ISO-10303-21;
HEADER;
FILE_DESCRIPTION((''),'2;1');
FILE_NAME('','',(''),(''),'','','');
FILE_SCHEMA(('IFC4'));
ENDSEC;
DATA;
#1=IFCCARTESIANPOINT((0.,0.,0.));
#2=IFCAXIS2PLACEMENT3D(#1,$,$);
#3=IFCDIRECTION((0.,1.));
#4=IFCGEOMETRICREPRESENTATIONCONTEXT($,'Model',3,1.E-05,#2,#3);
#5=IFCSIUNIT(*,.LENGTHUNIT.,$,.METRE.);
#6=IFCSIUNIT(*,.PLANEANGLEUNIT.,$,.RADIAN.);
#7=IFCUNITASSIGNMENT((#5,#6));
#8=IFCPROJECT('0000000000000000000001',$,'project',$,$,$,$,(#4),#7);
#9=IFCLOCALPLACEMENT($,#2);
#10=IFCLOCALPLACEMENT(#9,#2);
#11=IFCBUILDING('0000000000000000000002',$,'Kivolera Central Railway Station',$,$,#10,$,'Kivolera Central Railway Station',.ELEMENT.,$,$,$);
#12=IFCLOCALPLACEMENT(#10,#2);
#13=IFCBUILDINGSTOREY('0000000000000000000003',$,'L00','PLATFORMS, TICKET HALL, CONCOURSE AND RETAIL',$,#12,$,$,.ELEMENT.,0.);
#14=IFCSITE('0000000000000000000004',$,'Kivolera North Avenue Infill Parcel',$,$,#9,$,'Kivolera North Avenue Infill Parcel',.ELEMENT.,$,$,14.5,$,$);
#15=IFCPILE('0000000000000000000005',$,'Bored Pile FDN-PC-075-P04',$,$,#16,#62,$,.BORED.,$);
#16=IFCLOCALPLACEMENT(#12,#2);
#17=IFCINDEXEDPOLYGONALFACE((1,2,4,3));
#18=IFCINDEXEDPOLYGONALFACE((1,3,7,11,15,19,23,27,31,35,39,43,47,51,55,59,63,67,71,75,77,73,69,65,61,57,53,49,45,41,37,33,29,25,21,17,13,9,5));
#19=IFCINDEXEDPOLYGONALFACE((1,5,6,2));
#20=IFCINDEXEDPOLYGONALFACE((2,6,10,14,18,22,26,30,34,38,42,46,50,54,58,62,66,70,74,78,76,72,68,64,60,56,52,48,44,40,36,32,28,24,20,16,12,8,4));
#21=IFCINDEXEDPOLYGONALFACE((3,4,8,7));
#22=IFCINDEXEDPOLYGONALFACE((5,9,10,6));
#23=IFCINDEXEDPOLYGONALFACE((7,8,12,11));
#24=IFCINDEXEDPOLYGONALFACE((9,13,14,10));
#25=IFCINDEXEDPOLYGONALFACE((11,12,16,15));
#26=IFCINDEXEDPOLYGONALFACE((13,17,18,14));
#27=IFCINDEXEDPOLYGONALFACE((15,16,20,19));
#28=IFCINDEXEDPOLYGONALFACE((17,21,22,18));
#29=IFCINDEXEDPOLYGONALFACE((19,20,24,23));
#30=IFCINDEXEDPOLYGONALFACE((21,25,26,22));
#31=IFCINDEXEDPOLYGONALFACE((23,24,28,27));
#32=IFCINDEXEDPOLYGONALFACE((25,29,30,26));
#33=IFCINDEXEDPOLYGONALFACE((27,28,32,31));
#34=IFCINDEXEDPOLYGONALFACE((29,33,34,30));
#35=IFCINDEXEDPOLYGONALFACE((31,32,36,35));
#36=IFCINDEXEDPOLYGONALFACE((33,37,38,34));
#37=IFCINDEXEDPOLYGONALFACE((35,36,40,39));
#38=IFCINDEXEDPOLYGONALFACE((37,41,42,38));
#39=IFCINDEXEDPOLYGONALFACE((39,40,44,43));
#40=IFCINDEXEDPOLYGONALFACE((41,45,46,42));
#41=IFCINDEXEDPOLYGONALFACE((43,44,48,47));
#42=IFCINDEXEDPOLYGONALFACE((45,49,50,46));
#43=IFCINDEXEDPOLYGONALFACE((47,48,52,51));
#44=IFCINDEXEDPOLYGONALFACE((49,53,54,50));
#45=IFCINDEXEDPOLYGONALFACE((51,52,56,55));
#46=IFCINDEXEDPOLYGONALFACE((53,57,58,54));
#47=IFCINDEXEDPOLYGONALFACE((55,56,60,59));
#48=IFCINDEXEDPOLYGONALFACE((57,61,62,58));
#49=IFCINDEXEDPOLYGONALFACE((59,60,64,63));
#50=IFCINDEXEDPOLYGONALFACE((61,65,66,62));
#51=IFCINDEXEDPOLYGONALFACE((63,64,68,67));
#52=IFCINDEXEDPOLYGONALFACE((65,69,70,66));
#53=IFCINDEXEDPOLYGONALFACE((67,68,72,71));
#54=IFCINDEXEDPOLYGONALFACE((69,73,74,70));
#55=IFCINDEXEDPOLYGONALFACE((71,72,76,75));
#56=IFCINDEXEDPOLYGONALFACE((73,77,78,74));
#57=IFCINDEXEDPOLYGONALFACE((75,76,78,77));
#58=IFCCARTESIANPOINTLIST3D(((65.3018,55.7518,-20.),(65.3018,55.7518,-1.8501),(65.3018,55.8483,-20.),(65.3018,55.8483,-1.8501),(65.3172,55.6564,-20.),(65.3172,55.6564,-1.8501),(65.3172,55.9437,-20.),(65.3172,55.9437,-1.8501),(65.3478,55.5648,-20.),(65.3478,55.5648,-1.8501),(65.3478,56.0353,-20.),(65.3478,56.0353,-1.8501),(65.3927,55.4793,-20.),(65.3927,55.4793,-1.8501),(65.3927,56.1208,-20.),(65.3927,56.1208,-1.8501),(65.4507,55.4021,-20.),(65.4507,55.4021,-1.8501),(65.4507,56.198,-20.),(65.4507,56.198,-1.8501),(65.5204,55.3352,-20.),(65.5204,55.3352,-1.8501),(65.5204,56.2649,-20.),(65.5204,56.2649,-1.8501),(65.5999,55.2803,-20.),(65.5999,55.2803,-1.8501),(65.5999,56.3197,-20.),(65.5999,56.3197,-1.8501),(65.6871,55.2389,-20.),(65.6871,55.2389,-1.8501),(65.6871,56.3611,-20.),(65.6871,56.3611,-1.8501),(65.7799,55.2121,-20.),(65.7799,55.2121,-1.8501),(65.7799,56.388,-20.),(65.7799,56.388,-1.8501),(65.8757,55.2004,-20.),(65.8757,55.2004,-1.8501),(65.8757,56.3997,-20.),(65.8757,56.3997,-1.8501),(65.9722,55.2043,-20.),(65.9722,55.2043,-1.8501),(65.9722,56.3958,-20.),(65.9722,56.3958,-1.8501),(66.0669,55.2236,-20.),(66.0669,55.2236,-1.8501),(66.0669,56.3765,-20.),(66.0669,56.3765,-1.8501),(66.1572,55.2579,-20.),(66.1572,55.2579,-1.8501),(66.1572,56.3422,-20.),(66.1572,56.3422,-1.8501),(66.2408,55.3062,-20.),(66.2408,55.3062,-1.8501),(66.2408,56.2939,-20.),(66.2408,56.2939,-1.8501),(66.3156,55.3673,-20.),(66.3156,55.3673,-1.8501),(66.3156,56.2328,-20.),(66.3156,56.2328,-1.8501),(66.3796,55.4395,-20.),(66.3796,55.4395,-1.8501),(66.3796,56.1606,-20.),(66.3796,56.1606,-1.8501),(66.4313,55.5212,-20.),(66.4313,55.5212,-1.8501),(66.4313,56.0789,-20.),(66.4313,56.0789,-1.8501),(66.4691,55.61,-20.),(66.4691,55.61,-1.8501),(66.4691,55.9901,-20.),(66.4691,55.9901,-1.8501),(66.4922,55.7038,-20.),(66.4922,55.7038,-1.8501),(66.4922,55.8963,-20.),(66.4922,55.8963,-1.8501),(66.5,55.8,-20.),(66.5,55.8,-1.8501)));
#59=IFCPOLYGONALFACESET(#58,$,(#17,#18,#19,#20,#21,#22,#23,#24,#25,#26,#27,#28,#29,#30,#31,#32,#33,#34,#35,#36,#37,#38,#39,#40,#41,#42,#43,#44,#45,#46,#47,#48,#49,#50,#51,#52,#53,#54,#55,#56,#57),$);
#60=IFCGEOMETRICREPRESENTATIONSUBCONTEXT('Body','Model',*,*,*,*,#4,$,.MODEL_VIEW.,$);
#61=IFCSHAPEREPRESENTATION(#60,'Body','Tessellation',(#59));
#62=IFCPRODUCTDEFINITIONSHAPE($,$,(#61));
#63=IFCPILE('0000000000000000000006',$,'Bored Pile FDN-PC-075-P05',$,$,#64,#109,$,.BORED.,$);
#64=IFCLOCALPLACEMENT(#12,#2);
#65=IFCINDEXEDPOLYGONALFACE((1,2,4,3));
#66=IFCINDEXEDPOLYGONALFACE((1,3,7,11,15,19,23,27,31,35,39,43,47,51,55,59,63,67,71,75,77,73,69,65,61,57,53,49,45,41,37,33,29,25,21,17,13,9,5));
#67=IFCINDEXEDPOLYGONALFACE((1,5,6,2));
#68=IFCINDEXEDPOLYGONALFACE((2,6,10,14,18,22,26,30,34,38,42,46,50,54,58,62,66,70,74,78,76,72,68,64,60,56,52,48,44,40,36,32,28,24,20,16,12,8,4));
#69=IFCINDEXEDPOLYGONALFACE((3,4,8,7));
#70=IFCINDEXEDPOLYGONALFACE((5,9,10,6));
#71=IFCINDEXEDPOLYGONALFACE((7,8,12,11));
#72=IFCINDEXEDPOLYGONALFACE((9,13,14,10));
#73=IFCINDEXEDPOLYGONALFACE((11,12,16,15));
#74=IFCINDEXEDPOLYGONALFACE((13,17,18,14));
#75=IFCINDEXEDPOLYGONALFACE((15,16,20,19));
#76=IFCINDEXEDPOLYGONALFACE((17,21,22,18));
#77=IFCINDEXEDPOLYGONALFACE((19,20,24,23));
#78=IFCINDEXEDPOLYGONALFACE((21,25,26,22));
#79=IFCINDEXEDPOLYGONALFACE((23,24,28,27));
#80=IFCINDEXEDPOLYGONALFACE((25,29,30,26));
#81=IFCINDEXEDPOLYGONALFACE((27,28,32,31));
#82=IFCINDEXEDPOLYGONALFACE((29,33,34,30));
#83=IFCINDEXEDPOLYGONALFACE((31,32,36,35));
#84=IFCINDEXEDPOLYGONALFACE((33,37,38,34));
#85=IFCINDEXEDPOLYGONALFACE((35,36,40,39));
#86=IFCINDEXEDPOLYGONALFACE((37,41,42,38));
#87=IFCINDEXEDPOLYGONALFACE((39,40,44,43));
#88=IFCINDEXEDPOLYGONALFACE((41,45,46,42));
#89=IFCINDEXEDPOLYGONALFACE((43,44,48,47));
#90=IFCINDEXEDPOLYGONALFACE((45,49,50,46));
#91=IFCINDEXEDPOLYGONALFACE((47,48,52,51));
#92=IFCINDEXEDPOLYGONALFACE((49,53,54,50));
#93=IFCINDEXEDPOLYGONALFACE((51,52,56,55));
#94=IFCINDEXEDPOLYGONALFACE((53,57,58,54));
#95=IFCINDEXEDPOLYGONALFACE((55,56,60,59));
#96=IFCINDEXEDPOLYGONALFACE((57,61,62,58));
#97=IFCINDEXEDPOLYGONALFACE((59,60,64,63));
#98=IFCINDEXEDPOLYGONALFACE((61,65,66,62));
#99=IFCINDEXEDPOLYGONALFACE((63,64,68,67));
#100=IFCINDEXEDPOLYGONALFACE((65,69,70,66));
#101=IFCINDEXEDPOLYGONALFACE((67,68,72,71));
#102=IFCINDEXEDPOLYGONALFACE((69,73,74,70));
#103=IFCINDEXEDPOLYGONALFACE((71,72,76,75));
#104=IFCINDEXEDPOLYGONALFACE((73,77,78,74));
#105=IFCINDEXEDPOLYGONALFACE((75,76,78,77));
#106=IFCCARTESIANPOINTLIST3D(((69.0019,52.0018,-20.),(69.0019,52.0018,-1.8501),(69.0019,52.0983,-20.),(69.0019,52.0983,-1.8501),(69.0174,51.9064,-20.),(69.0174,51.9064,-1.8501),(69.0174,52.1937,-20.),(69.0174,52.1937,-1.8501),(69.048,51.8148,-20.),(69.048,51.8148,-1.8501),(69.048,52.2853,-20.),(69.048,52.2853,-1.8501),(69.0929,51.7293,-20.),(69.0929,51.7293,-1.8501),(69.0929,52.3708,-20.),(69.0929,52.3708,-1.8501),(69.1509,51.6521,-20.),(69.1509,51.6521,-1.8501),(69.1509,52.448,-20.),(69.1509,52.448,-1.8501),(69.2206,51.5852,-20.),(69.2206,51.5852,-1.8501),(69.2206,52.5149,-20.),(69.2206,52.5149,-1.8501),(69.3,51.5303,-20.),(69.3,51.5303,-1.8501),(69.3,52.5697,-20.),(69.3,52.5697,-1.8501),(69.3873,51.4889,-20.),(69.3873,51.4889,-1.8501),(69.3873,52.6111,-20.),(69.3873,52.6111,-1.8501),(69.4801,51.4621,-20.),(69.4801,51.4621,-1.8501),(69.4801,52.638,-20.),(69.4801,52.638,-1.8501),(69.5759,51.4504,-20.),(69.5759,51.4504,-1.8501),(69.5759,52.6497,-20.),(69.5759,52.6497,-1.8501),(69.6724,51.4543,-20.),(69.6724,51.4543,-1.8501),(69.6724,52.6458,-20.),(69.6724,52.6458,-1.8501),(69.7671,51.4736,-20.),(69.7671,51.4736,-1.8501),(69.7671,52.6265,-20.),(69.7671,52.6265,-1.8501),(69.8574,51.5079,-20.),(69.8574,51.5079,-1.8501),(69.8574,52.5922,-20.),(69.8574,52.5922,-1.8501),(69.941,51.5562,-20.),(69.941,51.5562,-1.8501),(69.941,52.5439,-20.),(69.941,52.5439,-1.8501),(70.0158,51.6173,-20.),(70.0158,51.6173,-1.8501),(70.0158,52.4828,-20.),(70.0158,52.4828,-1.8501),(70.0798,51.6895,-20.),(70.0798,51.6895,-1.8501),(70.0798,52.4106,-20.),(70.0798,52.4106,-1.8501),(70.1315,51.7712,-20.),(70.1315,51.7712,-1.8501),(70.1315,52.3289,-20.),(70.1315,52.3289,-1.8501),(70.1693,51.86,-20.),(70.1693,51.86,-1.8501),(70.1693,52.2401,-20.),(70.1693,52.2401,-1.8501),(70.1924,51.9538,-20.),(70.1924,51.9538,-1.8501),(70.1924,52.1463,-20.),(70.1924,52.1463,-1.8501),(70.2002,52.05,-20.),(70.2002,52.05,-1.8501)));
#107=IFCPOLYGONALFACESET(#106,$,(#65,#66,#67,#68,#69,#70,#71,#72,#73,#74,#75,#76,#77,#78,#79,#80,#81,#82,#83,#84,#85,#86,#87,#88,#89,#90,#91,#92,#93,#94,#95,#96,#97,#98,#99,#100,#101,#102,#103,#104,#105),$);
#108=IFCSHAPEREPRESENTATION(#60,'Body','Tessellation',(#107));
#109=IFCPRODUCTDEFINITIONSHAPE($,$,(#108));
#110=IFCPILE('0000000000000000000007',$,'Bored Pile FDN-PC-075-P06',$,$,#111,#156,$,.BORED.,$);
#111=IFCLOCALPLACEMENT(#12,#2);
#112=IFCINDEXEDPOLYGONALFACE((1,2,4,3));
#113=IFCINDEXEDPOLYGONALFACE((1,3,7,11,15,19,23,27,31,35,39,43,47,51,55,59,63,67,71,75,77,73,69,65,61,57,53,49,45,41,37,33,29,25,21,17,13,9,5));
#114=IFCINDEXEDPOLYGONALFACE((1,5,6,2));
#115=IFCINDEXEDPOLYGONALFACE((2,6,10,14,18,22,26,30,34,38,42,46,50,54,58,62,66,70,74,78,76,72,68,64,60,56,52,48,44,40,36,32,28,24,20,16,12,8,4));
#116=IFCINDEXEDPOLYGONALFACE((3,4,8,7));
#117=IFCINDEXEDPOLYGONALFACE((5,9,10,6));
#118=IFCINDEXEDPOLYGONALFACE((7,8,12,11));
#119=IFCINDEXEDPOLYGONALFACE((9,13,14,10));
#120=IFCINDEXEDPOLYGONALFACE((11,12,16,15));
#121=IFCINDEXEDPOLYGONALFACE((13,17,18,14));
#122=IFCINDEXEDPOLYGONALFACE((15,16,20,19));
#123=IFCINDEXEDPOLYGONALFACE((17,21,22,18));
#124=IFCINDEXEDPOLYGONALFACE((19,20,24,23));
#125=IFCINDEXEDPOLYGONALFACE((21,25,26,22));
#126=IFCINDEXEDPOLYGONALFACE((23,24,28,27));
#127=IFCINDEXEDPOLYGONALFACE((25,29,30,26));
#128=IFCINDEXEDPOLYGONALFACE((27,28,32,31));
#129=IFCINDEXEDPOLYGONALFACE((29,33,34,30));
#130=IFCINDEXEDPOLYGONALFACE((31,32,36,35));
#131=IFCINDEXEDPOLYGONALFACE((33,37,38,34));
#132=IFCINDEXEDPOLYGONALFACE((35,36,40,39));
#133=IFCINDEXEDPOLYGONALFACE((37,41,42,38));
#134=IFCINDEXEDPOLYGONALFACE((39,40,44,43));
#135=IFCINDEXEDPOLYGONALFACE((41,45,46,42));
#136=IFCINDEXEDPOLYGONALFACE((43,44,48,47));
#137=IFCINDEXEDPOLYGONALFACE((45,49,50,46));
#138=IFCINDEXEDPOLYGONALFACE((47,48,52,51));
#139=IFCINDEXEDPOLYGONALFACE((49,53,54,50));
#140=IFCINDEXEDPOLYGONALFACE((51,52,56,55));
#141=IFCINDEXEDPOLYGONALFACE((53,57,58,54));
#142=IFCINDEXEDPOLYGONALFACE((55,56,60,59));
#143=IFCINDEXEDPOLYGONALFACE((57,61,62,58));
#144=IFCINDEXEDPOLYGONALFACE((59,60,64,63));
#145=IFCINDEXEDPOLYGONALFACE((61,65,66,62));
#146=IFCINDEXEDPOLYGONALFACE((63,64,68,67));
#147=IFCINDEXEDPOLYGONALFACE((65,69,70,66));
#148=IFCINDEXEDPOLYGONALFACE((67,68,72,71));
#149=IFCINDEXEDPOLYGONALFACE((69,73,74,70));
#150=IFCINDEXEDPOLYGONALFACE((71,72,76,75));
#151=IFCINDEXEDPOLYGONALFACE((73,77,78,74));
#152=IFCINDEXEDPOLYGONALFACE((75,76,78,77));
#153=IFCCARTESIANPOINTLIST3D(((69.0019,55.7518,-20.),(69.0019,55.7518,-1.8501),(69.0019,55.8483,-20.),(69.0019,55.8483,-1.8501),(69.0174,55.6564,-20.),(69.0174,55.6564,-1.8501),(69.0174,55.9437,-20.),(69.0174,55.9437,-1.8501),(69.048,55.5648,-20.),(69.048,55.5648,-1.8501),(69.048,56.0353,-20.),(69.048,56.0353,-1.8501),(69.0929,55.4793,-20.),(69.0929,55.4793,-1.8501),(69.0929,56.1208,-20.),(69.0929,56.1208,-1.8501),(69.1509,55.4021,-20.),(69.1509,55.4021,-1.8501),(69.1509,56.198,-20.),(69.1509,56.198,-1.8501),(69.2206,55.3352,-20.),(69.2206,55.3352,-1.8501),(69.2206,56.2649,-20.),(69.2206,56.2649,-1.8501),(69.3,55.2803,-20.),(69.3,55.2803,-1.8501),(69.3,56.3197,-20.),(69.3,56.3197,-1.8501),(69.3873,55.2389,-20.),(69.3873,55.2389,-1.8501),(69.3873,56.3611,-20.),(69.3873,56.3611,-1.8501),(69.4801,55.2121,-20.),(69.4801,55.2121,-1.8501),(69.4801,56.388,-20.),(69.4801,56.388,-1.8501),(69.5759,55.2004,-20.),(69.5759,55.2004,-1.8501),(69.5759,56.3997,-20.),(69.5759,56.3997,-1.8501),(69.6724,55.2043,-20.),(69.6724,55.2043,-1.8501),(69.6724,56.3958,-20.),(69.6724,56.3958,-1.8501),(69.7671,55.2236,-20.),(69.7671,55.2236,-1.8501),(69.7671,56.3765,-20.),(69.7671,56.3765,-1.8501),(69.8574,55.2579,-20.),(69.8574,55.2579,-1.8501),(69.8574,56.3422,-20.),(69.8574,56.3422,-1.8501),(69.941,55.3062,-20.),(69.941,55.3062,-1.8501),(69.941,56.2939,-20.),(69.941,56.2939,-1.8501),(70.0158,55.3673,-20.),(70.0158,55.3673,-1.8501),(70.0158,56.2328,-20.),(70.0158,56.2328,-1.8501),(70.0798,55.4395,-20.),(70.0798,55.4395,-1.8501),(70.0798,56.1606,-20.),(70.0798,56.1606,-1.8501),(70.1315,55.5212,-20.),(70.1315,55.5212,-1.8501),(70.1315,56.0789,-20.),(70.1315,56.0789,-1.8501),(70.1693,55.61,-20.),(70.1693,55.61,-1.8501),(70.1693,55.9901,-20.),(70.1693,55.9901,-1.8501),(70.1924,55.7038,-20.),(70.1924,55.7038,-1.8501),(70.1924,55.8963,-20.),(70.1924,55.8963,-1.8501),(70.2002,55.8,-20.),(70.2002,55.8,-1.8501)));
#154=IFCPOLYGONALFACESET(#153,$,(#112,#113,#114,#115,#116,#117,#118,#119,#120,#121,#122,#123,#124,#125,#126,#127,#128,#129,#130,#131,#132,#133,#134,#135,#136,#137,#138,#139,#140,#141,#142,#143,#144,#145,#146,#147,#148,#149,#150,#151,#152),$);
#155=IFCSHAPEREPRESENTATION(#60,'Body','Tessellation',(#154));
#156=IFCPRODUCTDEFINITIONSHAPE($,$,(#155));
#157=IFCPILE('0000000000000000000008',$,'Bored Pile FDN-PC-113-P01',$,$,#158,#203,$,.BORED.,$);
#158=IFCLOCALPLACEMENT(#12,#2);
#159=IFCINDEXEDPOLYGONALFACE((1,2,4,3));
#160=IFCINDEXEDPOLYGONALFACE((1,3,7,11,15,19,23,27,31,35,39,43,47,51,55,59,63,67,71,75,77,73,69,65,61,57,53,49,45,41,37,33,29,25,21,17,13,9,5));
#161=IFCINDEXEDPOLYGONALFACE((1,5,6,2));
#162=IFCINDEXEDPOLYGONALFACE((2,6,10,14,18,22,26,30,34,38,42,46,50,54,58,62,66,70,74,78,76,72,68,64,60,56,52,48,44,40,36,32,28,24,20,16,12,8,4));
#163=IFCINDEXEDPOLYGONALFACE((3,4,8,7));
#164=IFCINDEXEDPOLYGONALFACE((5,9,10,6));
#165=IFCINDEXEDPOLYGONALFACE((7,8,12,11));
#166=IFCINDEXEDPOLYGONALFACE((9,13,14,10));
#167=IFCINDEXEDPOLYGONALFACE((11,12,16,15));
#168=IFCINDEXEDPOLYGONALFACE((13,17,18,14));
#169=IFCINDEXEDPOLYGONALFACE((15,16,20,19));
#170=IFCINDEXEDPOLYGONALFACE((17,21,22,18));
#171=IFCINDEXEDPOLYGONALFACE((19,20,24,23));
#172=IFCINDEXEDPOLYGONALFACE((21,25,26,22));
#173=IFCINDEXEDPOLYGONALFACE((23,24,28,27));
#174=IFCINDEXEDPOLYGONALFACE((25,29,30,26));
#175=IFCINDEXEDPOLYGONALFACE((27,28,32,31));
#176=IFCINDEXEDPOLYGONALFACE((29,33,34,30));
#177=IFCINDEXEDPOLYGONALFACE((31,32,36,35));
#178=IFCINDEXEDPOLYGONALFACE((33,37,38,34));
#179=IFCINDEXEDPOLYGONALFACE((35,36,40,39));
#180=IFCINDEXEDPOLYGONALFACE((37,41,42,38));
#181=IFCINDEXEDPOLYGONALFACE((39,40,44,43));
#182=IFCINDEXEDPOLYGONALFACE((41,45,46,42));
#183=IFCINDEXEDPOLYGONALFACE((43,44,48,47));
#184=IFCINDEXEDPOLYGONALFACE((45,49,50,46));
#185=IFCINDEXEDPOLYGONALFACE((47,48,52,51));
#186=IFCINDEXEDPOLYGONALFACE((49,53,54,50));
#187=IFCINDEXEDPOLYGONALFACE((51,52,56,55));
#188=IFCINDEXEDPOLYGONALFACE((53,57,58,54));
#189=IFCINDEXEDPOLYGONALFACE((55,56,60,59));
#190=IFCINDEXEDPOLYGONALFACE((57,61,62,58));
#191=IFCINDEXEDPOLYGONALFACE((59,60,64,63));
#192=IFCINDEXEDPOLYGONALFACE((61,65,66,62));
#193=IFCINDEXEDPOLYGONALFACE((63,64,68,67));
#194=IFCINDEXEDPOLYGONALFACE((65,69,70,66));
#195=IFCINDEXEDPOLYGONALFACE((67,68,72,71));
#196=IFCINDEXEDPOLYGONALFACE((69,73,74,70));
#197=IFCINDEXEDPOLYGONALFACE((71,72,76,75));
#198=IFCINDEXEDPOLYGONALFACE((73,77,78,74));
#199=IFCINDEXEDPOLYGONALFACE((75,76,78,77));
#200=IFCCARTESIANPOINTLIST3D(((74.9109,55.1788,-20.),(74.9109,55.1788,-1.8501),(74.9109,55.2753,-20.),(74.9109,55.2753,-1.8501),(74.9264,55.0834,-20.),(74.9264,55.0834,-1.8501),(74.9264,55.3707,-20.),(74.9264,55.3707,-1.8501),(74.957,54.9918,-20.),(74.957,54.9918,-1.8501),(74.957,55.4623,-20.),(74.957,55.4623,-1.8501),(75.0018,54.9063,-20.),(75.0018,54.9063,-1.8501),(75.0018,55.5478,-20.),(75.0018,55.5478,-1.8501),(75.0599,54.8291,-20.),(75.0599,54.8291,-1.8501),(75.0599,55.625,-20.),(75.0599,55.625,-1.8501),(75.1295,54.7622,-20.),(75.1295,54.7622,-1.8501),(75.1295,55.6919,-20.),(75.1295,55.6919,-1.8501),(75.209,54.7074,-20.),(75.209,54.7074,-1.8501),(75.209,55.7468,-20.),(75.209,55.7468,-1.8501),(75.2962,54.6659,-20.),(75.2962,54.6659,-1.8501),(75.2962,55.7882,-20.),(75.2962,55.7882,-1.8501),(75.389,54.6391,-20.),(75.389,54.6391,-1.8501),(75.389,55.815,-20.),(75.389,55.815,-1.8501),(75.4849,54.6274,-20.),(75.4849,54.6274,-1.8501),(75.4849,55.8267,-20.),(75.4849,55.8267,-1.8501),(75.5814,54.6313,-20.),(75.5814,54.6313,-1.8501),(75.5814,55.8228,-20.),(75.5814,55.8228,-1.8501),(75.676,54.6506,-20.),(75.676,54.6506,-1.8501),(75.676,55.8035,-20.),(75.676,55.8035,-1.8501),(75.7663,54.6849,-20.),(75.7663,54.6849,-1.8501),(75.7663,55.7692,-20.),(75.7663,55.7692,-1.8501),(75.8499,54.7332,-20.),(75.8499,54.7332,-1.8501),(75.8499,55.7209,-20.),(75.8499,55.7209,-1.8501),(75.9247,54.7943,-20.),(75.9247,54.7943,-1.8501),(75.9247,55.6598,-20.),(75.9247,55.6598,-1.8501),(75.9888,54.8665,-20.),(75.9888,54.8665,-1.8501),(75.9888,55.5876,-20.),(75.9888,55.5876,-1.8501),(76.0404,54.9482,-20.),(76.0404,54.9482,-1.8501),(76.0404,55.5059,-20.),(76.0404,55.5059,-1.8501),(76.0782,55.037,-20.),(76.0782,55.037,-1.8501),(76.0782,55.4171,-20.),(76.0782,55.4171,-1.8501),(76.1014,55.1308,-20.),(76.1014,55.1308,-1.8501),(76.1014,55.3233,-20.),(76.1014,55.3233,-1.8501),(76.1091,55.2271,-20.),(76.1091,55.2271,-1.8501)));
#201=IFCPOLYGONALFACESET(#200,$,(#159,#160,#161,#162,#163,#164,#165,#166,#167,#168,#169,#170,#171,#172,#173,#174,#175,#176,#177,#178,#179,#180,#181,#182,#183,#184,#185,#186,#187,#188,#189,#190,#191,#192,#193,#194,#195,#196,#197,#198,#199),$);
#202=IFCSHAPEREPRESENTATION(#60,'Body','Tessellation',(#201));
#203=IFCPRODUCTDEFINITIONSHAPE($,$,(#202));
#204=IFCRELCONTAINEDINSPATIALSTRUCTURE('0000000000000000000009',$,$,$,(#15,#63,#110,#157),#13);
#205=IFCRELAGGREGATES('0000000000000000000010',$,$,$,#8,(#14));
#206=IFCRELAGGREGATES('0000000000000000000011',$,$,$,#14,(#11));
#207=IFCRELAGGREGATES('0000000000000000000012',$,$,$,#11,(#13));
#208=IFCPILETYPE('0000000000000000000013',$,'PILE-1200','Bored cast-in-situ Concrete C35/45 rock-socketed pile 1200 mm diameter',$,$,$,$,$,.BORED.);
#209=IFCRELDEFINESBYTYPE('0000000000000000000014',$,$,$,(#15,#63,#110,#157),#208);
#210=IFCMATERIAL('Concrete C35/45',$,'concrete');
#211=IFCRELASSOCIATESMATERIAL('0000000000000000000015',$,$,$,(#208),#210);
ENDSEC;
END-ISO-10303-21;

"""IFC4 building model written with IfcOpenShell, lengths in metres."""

from ifc_helpers import new_model, si_unit, direction, frame, origin, origin_2d, place, context, subcontext, project, spatial, circle, extrude, material, material_profile, profile_set, type_object, element, save


model = new_model("IFC4")

# Units and contexts
model_context = context("Model", 3, precision=1e-05, world=origin(), true_north=direction((0.0, 1.0)))
body_context = subcontext(model_context, "Body", "Model", "MODEL_VIEW")
ifc_project = project(units=[si_unit("LENGTHUNIT", "METRE"), si_unit("PLANEANGLEUNIT", "RADIAN")], contexts=[model_context])

# Site, building, storey
site_placement = place(None, origin())
site = spatial("IfcSite", under=ifc_project, at=site_placement, Name="Kivolera North Avenue Infill Parcel", LongName="Kivolera North Avenue Infill Parcel", CompositionType="ELEMENT", RefElevation=14.5)
building_placement = place(site_placement, origin())
building = spatial("IfcBuilding", under=site, at=building_placement, Name="Kivolera Central Railway Station", LongName="Kivolera Central Railway Station", CompositionType="ELEMENT")
storey_placement = place(building_placement, origin())
storey = spatial("IfcBuildingStorey", under=building, at=storey_placement, Name="L00", Description="PLATFORMS, TICKET HALL, CONCOURSE AND RETAIL", CompositionType="ELEMENT", Elevation=0.0)

# Shared definitions
ifc_material_1 = material(Name="Concrete C35/45", Category="concrete")

# Piles
ifc_material_profile_1 = material_profile(ifc_material_1, circle(Radius=0.6001, at=origin_2d()), Name="PILE D1200")
ifc_profile_set_1 = profile_set([ifc_material_profile_1], Name="Concrete C35/45")
pile_type = type_object("IfcPileType", Name="PILE-1200", Description="Bored cast-in-situ Concrete C35/45 rock-socketed pile 1200 mm diameter", PredefinedType="BORED", material=ifc_profile_set_1)
for number, where, z_axis, x_axis, name in (
    (1, (65.8999, 55.8, -1.8501), (0.0, 0.0, -1.0), (1.0, 0.0, 0.0), "Bored Pile FDN-PC-075-P04"),
    (2, (69.6001, 52.05, -1.8501), (0.0, 0.0, -1.0), (1.0, 0.0, 0.0), "Bored Pile FDN-PC-075-P05"),
    (3, (69.6001, 55.8, -1.8501), (0.0, 0.0, -1.0), (1.0, 0.0, 0.0), "Bored Pile FDN-PC-075-P06"),
    (4, (75.509, 55.2271, -1.8501), (0.0, 0.0, -1.0), (1.0, 0.0, 0.0), "Bored Pile FDN-PC-113-P01"),
):
    element("IfcPile", number, at=place(storey_placement, frame(where, z_axis=z_axis, x_axis=x_axis)), inside=storey, type_object=pile_type, Name=name, PredefinedType="BORED", context=body_context, shape_type="SweptSolid", body=[
        extrude(circle(Radius=0.6001, at=origin_2d()), origin(), (0.0, 0.0, 1.0), 18.1499),
    ])

save(model, "model.ifc")
